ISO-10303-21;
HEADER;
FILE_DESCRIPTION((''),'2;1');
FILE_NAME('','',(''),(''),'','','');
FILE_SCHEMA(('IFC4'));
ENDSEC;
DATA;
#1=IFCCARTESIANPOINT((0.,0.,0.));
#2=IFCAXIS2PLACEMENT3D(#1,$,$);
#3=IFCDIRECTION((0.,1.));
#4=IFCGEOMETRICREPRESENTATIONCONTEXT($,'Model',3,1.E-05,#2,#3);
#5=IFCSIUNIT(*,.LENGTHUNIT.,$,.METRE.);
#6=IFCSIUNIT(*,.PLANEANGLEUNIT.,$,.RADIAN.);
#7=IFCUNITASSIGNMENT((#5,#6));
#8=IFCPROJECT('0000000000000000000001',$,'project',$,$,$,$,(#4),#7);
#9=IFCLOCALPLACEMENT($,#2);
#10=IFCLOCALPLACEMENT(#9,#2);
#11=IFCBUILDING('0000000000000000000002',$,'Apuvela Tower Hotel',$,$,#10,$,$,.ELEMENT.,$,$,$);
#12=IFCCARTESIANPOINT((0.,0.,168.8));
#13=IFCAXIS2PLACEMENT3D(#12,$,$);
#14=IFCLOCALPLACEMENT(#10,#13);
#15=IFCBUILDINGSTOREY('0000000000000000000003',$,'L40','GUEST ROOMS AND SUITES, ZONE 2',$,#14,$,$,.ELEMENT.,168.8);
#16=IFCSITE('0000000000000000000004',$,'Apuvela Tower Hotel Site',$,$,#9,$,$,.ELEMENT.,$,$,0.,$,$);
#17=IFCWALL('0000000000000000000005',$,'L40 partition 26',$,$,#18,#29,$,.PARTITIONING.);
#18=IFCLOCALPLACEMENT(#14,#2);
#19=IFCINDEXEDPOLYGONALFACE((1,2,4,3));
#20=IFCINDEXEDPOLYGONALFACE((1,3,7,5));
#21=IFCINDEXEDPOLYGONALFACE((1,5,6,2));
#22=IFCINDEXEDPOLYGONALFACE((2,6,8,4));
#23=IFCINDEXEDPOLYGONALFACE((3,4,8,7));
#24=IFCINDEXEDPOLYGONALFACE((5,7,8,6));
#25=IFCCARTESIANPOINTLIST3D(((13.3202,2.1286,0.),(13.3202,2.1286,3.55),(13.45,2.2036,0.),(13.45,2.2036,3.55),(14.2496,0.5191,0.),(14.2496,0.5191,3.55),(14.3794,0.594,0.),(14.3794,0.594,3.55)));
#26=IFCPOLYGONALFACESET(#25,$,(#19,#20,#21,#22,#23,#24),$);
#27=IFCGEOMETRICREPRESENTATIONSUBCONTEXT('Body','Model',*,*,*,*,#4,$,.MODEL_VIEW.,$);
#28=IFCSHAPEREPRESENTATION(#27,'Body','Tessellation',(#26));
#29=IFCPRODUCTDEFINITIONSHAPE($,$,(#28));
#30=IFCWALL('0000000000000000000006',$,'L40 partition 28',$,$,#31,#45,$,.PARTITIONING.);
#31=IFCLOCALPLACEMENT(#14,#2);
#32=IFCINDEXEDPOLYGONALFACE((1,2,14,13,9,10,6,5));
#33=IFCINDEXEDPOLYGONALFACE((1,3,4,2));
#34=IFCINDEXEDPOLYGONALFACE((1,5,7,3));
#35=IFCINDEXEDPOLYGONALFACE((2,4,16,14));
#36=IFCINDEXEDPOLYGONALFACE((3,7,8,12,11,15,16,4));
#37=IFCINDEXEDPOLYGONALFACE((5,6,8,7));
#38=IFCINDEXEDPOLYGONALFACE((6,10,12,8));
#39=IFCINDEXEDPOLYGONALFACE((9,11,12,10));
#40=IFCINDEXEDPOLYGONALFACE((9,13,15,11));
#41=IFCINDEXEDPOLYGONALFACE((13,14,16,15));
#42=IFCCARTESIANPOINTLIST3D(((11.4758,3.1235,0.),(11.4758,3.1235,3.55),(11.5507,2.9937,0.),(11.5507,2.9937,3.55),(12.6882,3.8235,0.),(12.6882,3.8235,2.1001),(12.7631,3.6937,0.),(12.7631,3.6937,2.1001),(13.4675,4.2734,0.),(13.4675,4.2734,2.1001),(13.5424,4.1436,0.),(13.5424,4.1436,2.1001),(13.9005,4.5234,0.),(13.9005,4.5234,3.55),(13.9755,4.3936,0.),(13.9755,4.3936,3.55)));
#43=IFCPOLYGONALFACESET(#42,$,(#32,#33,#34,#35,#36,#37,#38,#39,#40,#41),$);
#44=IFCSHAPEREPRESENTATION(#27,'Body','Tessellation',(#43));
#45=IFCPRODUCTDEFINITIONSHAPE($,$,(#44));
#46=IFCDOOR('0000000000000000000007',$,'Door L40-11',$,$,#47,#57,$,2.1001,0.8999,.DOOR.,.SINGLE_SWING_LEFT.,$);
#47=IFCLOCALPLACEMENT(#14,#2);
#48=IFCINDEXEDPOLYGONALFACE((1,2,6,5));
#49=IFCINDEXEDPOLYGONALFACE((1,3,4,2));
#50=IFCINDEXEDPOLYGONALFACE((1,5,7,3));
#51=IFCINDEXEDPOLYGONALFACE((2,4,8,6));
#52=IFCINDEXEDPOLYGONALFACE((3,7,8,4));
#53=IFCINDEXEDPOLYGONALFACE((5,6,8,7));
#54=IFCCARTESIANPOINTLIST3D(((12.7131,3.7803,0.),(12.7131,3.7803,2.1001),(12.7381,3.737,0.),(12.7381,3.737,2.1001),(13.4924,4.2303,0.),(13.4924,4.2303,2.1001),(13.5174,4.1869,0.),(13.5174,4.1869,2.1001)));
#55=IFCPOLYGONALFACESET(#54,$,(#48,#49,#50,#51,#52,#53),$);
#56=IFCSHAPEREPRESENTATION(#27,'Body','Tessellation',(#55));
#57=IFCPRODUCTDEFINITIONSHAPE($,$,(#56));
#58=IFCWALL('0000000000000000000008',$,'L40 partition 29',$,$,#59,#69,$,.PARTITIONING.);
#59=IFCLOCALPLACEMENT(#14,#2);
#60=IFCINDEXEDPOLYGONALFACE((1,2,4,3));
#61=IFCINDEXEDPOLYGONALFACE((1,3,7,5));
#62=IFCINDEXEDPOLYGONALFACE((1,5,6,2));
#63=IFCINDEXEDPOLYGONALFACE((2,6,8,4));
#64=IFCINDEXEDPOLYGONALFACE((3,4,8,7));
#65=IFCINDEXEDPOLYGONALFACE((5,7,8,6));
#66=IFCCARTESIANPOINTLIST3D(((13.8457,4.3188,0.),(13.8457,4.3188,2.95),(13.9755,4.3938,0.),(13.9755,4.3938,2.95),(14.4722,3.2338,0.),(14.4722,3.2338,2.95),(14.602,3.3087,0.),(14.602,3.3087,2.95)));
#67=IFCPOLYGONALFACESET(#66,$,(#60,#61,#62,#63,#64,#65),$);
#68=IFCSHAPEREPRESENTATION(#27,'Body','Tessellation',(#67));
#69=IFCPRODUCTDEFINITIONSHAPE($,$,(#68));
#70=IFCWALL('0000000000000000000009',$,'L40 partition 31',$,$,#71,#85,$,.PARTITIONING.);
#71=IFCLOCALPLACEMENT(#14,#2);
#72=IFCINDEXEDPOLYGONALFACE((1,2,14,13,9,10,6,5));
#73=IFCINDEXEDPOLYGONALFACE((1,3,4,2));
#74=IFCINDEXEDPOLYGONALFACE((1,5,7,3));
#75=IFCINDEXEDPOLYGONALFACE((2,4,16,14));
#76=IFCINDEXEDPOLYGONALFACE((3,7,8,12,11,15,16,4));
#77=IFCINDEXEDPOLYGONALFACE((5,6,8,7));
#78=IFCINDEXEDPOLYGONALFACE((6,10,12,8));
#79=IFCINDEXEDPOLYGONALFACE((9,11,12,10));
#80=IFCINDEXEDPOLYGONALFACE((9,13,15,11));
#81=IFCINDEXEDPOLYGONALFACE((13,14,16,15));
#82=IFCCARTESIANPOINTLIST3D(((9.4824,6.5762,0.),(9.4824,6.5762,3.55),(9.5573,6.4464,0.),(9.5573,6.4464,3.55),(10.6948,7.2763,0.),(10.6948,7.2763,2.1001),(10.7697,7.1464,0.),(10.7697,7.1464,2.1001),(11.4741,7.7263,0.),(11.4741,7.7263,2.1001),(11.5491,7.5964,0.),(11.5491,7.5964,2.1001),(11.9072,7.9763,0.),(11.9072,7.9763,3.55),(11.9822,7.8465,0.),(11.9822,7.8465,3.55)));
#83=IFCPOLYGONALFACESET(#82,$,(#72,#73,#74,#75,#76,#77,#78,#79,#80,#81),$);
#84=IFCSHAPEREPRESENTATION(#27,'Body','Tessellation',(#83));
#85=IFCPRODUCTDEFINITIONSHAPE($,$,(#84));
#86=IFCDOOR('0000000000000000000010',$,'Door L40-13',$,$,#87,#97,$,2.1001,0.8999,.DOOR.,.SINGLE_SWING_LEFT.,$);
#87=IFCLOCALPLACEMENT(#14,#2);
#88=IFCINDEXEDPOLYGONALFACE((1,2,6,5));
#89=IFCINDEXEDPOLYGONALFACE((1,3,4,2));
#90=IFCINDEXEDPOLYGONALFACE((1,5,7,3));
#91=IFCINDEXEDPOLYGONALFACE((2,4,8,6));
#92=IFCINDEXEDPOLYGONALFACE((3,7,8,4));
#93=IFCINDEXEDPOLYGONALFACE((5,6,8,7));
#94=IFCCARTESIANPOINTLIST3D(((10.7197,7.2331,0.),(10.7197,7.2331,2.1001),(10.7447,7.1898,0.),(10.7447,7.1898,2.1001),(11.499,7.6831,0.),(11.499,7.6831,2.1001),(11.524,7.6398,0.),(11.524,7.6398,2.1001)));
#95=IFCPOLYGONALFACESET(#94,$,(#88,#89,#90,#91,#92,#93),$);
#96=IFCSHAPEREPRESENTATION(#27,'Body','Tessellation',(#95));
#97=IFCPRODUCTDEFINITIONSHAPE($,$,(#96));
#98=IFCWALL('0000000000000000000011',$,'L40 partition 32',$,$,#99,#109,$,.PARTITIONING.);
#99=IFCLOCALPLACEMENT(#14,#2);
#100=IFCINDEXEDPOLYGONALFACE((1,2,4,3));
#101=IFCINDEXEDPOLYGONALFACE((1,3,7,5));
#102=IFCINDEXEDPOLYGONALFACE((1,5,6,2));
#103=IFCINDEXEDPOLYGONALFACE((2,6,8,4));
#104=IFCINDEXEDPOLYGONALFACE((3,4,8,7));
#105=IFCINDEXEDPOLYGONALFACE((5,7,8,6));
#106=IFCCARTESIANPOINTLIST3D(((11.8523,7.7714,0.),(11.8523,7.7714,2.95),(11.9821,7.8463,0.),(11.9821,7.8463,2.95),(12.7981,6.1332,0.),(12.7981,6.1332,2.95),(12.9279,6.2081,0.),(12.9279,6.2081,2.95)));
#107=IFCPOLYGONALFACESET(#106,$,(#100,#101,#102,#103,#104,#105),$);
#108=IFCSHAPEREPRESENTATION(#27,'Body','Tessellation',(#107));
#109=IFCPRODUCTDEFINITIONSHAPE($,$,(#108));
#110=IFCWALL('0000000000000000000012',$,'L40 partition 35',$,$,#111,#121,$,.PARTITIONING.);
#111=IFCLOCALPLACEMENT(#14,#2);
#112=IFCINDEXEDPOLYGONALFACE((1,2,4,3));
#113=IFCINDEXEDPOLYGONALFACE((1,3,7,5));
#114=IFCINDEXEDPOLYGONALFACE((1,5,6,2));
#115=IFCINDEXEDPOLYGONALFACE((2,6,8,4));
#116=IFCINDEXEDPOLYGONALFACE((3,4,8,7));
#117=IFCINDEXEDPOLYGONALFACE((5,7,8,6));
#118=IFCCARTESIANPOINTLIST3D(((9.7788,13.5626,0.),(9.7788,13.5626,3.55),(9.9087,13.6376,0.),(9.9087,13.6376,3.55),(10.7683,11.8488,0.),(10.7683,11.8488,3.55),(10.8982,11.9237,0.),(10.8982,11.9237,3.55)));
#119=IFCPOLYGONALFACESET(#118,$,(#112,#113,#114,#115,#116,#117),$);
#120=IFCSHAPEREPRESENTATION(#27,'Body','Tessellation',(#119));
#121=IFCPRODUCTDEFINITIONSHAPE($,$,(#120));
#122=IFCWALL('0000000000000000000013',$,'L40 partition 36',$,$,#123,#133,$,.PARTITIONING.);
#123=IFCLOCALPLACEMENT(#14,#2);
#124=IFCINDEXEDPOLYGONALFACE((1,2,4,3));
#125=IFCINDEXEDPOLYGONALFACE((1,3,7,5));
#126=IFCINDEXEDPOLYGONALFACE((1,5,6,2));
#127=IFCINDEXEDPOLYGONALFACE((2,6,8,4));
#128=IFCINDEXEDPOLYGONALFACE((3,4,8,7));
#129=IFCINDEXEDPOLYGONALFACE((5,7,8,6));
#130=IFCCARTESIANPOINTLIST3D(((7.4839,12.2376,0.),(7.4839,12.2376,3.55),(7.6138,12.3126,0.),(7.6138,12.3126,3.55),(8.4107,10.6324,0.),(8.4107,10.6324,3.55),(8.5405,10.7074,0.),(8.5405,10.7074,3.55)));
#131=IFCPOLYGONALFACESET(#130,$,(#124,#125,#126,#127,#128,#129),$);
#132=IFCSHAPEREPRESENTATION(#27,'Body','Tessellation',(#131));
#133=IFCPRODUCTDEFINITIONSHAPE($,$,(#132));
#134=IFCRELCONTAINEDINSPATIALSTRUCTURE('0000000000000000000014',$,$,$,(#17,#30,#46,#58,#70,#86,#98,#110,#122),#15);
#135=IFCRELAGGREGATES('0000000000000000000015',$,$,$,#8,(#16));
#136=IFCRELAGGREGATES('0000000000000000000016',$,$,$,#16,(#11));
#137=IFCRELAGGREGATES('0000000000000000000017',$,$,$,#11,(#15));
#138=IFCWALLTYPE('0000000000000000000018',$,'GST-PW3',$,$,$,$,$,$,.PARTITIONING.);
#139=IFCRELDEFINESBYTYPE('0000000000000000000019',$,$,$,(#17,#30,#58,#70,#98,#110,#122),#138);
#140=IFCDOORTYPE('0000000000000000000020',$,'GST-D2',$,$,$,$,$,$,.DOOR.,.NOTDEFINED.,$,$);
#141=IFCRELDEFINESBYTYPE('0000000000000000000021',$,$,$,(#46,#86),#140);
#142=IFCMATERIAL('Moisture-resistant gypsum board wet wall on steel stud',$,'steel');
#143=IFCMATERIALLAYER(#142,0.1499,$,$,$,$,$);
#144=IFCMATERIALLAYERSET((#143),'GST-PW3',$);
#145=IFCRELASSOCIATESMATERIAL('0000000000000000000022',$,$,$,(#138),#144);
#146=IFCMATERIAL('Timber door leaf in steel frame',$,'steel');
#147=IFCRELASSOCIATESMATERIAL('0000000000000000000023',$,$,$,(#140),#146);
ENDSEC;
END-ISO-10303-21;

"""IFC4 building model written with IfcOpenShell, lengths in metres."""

from ifc_helpers import new_model, si_unit, direction, frame, frame_2d, origin, place, context, subcontext, project, spatial, rectangle, extrude, material, layer, layer_set, type_object, element, fill, save


model = new_model("IFC4")

# Units and contexts
model_context = context("Model", 3, precision=1e-05, world=origin(), true_north=direction((0.0, 1.0)))
body_context = subcontext(model_context, "Body", "Model", "MODEL_VIEW")
ifc_project = project(units=[si_unit("LENGTHUNIT", "METRE"), si_unit("PLANEANGLEUNIT", "RADIAN")], contexts=[model_context])

# Site, building, storey
site_placement = place(None, origin())
site = spatial("IfcSite", under=ifc_project, at=site_placement, Name="Apuvela Tower Hotel Site", CompositionType="ELEMENT", RefElevation=0.0)
building_placement = place(site_placement, origin())
building = spatial("IfcBuilding", under=site, at=building_placement, Name="Apuvela Tower Hotel", CompositionType="ELEMENT")
storey_placement = place(building_placement, frame((0.0, 0.0, 168.8)))
storey = spatial("IfcBuildingStorey", under=building, at=storey_placement, Name="L40", Description="GUEST ROOMS AND SUITES, ZONE 2", CompositionType="ELEMENT", Elevation=168.8)

# Shared definitions
ifc_material_1 = material(Name="Timber door leaf in steel frame", Category="steel")
ifc_material_2 = material(Name="Moisture-resistant gypsum board wet wall on steel stud", Category="steel")
ifc_layer_1 = layer(ifc_material_2, 0.1499)
ifc_layer_set_1 = layer_set([ifc_layer_1], Name="GST-PW3")
wall_type_1 = type_object("IfcWallType", Name="GST-PW3", PredefinedType="PARTITIONING", material=ifc_layer_set_1)
door_type_1 = type_object("IfcDoorType", Name="GST-D2", OperationType="NOTDEFINED", PredefinedType="DOOR", material=ifc_material_1)

# Wall
wall_1_placement = place(storey_placement, frame((14.3145, 0.5566, 0.0), z_axis=(0.0, 0.0, 1.0), x_axis=(-0.500052, 0.865995, 0.0)))
element("IfcWall", 1, at=wall_1_placement, inside=storey, type_object=wall_type_1, Name="L40 partition 26", PredefinedType="PARTITIONING", context=body_context, shape_type="SweptSolid", body=[
    extrude(rectangle(XDim=1.8586, YDim=0.1499, at=frame_2d((0.9292, 0.0))), origin(), (0.0, 0.0, 1.0), 3.55),
])

# Wall, opening, door
wall_2_placement = place(storey_placement, frame((13.938, 4.4585, 0.0), z_axis=(0.0, 0.0, 1.0), x_axis=(-0.866035, -0.499984, 0.0)))
wall_2 = element("IfcWall", 2, at=wall_2_placement, inside=storey, type_object=wall_type_1, Name="L40 partition 28", PredefinedType="PARTITIONING", context=body_context, shape_type="SweptSolid", body=[
    extrude(rectangle(XDim=2.7998, YDim=0.1499, at=frame_2d((1.3999, 0.0))), origin(), (0.0, 0.0, 1.0), 3.55),
])
opening_1_placement = place(wall_2_placement, frame((0.5, 0.0, 0.0)))
opening_1 = element("IfcOpeningElement", 3, at=opening_1_placement, cuts=wall_2, PredefinedType="OPENING", context=body_context, shape_type="SweptSolid", body=[
    extrude(rectangle(XDim=0.8999, YDim=2.1001, at=frame_2d((0.45, 1.05))), frame((0.0, 0.085, 0.0), z_axis=(0.0, -1.0, 0.0), x_axis=(1.0, 0.0, 0.0)), (0.0, 0.0, 1.0), 0.1699),
])
door_1_placement = place(opening_1_placement, origin())
door_1 = element("IfcDoor", 4, at=door_1_placement, inside=storey, type_object=door_type_1, Name="Door L40-11", OperationType="SINGLE_SWING_LEFT", OverallHeight=2.1001, OverallWidth=0.8999, PredefinedType="DOOR", context=body_context, shape_type="SweptSolid", body=[
    extrude(rectangle(XDim=0.8999, YDim=2.1001, at=frame_2d((0.45, 1.05))), frame((0.0, 0.0249, 0.0), z_axis=(0.0, -1.0, 0.0), x_axis=(1.0, 0.0, 0.0)), (0.0, 0.0, 1.0), 0.05),
])
fill(opening_1, door_1)

# Wall
wall_3_placement = place(storey_placement, frame((14.5371, 3.2712, 0.0), z_axis=(0.0, 0.0, 1.0), x_axis=(-0.500037, 0.866004, 0.0)))
element("IfcWall", 5, at=wall_3_placement, inside=storey, type_object=wall_type_1, Name="L40 partition 29", PredefinedType="PARTITIONING", context=body_context, shape_type="SweptSolid", body=[
    extrude(rectangle(XDim=1.2529, YDim=0.1499, at=frame_2d((0.6265, 0.0))), origin(), (0.0, 0.0, 1.0), 2.95),
])

# Wall, opening, door
wall_4_placement = place(storey_placement, frame((11.9446, 7.9114, 0.0), z_axis=(0.0, 0.0, 1.0), x_axis=(-0.865997, -0.50005, 0.0)))
wall_4 = element("IfcWall", 6, at=wall_4_placement, inside=storey, type_object=wall_type_1, Name="L40 partition 31", PredefinedType="PARTITIONING", context=body_context, shape_type="SweptSolid", body=[
    extrude(rectangle(XDim=2.8, YDim=0.1499, at=frame_2d((1.3999, 0.0))), origin(), (0.0, 0.0, 1.0), 3.55),
])
opening_2_placement = place(wall_4_placement, frame((0.5, 0.0, 0.0)))
opening_2 = element("IfcOpeningElement", 7, at=opening_2_placement, cuts=wall_4, PredefinedType="OPENING", context=body_context, shape_type="SweptSolid", body=[
    extrude(rectangle(XDim=0.8999, YDim=2.1001, at=frame_2d((0.45, 1.05))), frame((0.0, 0.085, 0.0), z_axis=(0.0, -1.0, 0.0), x_axis=(1.0, 0.0, 0.0)), (0.0, 0.0, 1.0), 0.1699),
])
door_2_placement = place(opening_2_placement, origin())
door_2 = element("IfcDoor", 8, at=door_2_placement, inside=storey, type_object=door_type_1, Name="Door L40-13", OperationType="SINGLE_SWING_LEFT", OverallHeight=2.1001, OverallWidth=0.8999, PredefinedType="DOOR", context=body_context, shape_type="SweptSolid", body=[
    extrude(rectangle(XDim=0.8999, YDim=2.1001, at=frame_2d((0.45, 1.05))), frame((0.0, 0.0249, 0.0), z_axis=(0.0, -1.0, 0.0), x_axis=(1.0, 0.0, 0.0)), (0.0, 0.0, 1.0), 0.05),
])
fill(opening_2, door_2)

# Walls
wall_5_placement = place(storey_placement, frame((12.863, 6.1707, 0.0), z_axis=(0.0, 0.0, 1.0), x_axis=(-0.499998, 0.866027, 0.0)))
element("IfcWall", 9, at=wall_5_placement, inside=storey, type_object=wall_type_1, Name="L40 partition 32", PredefinedType="PARTITIONING", context=body_context, shape_type="SweptSolid", body=[
    extrude(rectangle(XDim=1.8916, YDim=0.1499, at=frame_2d((0.9458, 0.0))), origin(), (0.0, 0.0, 1.0), 2.95),
])
wall_6_placement = place(storey_placement, frame((10.8333, 11.8862, 0.0), z_axis=(0.0, 0.0, 1.0), x_axis=(-0.5, 0.866025, 0.0)))
element("IfcWall", 10, at=wall_6_placement, inside=storey, type_object=wall_type_1, Name="L40 partition 35", PredefinedType="PARTITIONING", context=body_context, shape_type="SweptSolid", body=[
    extrude(rectangle(XDim=1.979, YDim=0.1499, at=frame_2d((0.9895, 0.0))), origin(), (0.0, 0.0, 1.0), 3.55),
])
wall_7_placement = place(storey_placement, frame((8.4756, 10.6699, 0.0), z_axis=(0.0, 0.0, 1.0), x_axis=(-0.499992, 0.86603, 0.0)))
element("IfcWall", 11, at=wall_7_placement, inside=storey, type_object=wall_type_1, Name="L40 partition 36", PredefinedType="PARTITIONING", context=body_context, shape_type="SweptSolid", body=[
    extrude(rectangle(XDim=1.8535, YDim=0.1499, at=frame_2d((0.9268, 0.0))), origin(), (0.0, 0.0, 1.0), 3.55),
])

save(model, "model.ifc")
